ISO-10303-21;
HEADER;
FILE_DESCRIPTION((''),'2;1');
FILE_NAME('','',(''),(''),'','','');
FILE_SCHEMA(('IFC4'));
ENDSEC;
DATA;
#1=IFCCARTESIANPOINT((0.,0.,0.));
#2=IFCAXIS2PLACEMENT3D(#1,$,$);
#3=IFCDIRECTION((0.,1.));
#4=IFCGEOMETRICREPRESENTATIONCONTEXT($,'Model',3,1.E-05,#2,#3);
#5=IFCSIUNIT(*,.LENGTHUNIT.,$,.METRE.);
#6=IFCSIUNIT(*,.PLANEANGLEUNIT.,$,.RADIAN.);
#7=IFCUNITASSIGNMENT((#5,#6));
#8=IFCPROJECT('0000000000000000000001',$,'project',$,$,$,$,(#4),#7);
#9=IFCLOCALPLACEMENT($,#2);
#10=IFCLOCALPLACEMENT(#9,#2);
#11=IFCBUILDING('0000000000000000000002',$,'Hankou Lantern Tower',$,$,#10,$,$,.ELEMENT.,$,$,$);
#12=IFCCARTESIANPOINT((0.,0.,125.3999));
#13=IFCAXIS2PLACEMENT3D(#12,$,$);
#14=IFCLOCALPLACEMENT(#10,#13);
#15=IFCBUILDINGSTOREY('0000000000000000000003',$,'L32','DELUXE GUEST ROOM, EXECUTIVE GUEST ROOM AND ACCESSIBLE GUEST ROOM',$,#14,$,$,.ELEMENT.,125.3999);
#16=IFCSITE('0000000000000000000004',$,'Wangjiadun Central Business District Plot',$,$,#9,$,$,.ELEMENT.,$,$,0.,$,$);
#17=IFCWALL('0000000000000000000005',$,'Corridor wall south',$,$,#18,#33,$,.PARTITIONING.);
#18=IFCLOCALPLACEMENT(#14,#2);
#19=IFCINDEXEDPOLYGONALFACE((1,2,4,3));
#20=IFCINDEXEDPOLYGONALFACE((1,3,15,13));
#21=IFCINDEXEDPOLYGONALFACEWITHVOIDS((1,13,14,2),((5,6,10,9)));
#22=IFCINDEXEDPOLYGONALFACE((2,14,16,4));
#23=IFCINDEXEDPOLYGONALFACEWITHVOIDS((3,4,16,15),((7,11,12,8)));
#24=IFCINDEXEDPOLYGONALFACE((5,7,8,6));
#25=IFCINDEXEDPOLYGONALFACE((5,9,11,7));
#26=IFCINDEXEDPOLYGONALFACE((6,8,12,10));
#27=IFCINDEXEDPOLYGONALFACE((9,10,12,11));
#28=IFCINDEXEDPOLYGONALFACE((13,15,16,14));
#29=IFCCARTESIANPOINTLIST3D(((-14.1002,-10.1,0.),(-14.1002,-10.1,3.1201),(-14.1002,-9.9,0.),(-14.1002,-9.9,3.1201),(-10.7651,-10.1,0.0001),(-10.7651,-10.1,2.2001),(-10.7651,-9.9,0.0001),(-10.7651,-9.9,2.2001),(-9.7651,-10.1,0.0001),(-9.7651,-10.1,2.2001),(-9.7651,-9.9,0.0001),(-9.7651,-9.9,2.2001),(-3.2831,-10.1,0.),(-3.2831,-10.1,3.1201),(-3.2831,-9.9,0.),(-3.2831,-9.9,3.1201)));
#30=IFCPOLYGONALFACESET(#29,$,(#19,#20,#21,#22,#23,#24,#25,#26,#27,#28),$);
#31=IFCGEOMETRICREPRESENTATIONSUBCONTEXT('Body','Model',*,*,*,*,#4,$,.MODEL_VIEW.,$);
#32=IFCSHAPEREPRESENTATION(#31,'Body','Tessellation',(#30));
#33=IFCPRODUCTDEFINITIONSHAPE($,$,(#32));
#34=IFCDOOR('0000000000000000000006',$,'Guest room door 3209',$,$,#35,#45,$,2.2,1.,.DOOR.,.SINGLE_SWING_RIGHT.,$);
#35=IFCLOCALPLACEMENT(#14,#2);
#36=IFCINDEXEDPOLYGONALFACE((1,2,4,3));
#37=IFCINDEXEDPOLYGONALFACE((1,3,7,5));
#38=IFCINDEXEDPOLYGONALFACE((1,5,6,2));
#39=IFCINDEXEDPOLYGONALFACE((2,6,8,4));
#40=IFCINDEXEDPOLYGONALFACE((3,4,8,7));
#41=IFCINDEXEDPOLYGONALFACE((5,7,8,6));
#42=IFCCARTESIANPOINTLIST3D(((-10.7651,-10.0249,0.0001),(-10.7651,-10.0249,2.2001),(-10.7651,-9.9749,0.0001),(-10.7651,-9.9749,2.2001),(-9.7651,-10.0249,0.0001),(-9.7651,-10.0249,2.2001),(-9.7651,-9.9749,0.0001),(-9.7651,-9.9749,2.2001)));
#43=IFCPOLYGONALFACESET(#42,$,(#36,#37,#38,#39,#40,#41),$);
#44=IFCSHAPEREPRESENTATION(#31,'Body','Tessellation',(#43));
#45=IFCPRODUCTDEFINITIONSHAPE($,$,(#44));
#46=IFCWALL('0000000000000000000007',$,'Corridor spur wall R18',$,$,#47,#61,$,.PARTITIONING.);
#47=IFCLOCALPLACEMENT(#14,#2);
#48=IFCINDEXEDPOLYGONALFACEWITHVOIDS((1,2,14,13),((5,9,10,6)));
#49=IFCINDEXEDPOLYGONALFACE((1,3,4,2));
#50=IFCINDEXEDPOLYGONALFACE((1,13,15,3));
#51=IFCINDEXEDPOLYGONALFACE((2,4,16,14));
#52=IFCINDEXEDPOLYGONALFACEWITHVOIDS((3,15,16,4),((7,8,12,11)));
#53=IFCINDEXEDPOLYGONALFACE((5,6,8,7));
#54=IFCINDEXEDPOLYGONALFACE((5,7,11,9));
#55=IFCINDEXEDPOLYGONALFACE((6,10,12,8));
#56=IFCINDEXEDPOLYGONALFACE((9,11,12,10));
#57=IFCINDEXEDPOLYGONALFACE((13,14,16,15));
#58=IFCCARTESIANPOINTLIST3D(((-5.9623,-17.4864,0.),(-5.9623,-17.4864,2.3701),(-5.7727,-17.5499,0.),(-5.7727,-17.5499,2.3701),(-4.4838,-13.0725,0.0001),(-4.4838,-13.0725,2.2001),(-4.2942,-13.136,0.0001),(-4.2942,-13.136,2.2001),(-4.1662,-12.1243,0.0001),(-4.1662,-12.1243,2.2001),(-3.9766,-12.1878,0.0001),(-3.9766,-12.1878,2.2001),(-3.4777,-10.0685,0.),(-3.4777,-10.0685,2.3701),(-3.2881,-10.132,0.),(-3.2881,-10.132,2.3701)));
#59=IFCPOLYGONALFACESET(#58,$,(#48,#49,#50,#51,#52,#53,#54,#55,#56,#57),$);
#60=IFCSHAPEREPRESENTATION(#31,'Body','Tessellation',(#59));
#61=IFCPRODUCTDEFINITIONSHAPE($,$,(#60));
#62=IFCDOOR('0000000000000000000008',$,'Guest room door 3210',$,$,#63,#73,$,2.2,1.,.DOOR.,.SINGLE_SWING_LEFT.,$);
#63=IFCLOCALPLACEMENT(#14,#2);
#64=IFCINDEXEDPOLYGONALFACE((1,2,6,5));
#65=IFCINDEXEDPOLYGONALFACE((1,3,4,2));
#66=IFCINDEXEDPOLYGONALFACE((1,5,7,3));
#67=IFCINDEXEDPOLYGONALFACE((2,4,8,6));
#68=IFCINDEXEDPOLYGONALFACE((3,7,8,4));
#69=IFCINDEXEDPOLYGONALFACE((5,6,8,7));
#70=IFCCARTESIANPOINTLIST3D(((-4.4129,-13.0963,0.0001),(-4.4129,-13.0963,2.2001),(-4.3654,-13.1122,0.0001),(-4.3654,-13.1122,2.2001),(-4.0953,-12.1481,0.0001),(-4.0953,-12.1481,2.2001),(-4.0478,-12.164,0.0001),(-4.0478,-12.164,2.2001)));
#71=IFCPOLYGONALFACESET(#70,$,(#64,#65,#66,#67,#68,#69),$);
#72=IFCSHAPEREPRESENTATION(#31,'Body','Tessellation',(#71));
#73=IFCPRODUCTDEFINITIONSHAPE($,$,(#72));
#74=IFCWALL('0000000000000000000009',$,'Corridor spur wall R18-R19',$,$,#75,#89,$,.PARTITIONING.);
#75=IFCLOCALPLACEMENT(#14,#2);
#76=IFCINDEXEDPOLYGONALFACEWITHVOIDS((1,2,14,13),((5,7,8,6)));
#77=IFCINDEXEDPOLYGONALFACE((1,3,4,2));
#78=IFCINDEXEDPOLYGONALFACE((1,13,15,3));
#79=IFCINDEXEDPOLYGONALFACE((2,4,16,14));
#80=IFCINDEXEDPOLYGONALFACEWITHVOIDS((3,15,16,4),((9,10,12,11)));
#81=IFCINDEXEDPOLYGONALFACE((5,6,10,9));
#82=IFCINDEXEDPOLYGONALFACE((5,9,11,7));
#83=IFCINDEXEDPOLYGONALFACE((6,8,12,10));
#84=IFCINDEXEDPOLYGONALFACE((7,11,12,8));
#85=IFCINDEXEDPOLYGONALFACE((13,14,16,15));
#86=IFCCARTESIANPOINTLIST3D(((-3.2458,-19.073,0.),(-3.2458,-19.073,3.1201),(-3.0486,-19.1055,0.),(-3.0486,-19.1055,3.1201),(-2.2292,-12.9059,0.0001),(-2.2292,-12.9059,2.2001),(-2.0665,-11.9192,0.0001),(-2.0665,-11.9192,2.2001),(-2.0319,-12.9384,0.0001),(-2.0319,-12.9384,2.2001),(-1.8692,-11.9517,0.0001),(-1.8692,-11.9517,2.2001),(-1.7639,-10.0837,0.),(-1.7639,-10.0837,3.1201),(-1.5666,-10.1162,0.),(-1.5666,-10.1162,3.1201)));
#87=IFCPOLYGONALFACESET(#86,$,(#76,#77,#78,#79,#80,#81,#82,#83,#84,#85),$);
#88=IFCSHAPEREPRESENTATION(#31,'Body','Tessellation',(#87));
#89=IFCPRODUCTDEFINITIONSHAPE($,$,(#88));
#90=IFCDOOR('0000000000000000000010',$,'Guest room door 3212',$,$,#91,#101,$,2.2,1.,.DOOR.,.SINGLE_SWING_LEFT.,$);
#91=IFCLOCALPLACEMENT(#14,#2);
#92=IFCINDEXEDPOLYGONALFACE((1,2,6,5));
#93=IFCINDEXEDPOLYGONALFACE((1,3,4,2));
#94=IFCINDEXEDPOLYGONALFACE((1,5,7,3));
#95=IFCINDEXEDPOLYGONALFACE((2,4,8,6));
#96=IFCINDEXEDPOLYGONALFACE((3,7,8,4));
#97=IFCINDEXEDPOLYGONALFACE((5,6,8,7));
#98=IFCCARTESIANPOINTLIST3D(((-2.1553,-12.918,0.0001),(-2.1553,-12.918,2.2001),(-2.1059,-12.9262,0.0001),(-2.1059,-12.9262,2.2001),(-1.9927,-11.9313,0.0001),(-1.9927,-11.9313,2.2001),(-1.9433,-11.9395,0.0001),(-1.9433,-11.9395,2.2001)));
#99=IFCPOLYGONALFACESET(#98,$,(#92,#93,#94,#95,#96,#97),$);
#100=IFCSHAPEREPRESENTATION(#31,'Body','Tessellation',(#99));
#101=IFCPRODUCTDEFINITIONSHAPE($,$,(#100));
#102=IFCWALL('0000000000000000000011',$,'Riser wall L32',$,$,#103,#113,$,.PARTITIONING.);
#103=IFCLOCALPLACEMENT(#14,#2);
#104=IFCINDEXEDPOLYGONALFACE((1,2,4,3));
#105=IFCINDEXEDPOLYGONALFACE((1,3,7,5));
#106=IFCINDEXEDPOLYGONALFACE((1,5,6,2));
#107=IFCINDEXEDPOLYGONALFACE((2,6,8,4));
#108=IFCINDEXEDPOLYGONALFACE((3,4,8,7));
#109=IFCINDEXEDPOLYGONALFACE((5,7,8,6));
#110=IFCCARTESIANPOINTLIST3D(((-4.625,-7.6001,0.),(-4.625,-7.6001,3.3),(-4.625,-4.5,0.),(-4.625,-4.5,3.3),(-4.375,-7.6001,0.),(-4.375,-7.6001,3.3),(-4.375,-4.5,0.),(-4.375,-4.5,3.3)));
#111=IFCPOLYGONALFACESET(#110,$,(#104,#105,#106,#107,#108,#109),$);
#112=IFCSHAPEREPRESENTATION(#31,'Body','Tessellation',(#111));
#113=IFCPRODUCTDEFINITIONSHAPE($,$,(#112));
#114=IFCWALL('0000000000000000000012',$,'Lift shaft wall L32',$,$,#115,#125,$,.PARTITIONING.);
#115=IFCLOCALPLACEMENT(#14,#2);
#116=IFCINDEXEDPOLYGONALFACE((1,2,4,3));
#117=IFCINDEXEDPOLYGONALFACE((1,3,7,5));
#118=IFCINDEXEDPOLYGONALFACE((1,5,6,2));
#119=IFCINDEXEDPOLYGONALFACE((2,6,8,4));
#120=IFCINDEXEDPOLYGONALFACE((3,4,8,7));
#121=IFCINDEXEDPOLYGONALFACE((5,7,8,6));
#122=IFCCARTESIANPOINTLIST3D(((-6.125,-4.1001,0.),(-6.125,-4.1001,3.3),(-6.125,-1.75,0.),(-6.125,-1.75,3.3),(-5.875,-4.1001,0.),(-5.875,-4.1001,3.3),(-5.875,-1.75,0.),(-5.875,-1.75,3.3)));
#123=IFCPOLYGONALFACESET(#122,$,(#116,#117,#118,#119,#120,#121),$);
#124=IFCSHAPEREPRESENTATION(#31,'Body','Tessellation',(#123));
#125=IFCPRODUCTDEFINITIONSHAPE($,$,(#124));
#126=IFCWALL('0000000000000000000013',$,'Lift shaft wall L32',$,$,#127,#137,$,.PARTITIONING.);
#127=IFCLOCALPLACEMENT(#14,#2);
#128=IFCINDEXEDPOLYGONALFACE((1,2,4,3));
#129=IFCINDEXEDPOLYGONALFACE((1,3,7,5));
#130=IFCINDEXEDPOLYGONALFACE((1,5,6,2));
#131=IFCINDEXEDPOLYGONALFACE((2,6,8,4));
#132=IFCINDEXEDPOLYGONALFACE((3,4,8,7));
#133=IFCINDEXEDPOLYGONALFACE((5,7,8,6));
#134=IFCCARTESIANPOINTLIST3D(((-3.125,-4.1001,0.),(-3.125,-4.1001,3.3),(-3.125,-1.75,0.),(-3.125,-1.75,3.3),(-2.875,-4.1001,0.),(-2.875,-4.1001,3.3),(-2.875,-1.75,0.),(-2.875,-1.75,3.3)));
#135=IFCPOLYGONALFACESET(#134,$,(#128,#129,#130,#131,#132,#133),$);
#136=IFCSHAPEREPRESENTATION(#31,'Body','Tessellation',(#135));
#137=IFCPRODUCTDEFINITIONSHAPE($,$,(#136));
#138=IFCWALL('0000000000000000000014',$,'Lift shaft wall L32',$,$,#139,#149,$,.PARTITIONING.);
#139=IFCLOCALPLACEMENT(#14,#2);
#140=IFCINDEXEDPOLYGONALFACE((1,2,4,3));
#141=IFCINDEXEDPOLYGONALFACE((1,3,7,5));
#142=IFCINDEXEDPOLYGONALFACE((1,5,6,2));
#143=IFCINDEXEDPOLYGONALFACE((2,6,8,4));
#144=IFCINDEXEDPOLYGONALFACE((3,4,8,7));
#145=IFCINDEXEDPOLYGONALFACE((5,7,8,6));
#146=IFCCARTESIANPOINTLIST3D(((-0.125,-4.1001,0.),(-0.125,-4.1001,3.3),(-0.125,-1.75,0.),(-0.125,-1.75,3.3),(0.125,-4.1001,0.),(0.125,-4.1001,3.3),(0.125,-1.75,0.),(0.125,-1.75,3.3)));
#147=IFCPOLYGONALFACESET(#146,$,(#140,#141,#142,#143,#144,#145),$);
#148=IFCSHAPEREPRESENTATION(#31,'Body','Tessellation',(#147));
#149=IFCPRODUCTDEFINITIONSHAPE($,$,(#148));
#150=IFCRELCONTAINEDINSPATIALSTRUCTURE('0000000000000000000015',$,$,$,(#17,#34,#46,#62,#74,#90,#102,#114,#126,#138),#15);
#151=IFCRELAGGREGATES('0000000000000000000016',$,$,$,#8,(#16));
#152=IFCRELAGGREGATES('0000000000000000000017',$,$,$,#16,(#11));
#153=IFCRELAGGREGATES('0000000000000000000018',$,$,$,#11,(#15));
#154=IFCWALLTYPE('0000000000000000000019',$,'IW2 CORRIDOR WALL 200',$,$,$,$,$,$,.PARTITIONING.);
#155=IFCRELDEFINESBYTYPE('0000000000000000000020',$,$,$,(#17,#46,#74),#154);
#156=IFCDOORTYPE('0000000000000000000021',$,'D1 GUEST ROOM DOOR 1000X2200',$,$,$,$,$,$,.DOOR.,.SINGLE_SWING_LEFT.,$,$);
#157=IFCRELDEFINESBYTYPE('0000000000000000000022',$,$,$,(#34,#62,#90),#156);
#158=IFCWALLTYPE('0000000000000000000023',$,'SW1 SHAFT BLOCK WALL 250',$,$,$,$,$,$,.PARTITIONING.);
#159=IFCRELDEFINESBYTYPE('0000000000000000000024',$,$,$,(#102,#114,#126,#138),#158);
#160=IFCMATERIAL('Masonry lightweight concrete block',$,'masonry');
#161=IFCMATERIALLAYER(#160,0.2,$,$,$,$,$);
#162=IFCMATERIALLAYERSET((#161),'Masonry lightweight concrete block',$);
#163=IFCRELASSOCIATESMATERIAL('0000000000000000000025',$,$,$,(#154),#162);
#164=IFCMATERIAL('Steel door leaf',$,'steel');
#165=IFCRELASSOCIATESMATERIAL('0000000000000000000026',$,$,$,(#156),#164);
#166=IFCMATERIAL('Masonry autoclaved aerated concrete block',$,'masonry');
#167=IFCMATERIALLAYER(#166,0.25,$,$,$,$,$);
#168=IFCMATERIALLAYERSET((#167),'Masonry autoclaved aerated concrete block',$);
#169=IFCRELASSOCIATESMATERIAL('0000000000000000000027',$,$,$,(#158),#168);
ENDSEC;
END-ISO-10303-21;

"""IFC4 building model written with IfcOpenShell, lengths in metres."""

from ifc_helpers import new_model, si_unit, direction, frame, frame_2d, origin, place, context, subcontext, project, spatial, rectangle, extrude, material, layer, layer_set, type_object, element, fill, save


model = new_model("IFC4")

# Units and contexts
model_context = context("Model", 3, precision=1e-05, world=origin(), true_north=direction((0.0, 1.0)))
body_context = subcontext(model_context, "Body", "Model", "MODEL_VIEW")
ifc_project = project(units=[si_unit("LENGTHUNIT", "METRE"), si_unit("PLANEANGLEUNIT", "RADIAN")], contexts=[model_context])

# Site, building, storey
site_placement = place(None, origin())
site = spatial("IfcSite", under=ifc_project, at=site_placement, Name="Wangjiadun Central Business District Plot", CompositionType="ELEMENT", RefElevation=0.0)
building_placement = place(site_placement, origin())
building = spatial("IfcBuilding", under=site, at=building_placement, Name="Hankou Lantern Tower", CompositionType="ELEMENT")
storey_placement = place(building_placement, frame((0.0, 0.0, 125.3999)))
storey = spatial("IfcBuildingStorey", under=building, at=storey_placement, Name="L32", Description="DELUXE GUEST ROOM, EXECUTIVE GUEST ROOM AND ACCESSIBLE GUEST ROOM", CompositionType="ELEMENT", Elevation=125.3999)

# Walls, openings, doors
ifc_material_1 = material(Name="Masonry lightweight concrete block", Category="masonry")
ifc_layer_1 = layer(ifc_material_1, 0.2)
ifc_layer_set_1 = layer_set([ifc_layer_1], Name="Masonry lightweight concrete block")
wall_type_1 = type_object("IfcWallType", Name="IW2 CORRIDOR WALL 200", PredefinedType="PARTITIONING", material=ifc_layer_set_1)
wall_1_placement = place(storey_placement, frame((-3.283, -10.0, 0.0), z_axis=(0.0, 0.0, 1.0), x_axis=(-1.0, 0.0, 0.0)))
wall_1 = element("IfcWall", 1, at=wall_1_placement, inside=storey, type_object=wall_type_1, Name="Corridor wall south", PredefinedType="PARTITIONING", context=body_context, shape_type="SweptSolid", body=[
    extrude(rectangle(XDim=10.8171, YDim=0.2, at=frame_2d((5.4087, 0.0))), origin(), (0.0, 0.0, 1.0), 3.1201),
])
opening_1_placement = place(wall_1_placement, frame((6.4822, 0.0, 0.0)))
opening_1 = element("IfcOpeningElement", 2, at=opening_1_placement, cuts=wall_1, PredefinedType="OPENING", context=body_context, shape_type="SweptSolid", body=[
    extrude(rectangle(XDim=1.0, YDim=2.2, at=frame_2d((0.5, 1.1001))), frame((0.0, 0.1099, 0.0), z_axis=(0.0, -1.0, 0.0), x_axis=(1.0, 0.0, 0.0)), (0.0, 0.0, 1.0), 0.22),
])
ifc_material_2 = material(Name="Steel door leaf", Category="steel")
door_type_1 = type_object("IfcDoorType", Name="D1 GUEST ROOM DOOR 1000X2200", OperationType="SINGLE_SWING_LEFT", PredefinedType="DOOR", material=ifc_material_2)
door_1_placement = place(opening_1_placement, origin())
door_1 = element("IfcDoor", 3, at=door_1_placement, inside=storey, type_object=door_type_1, Name="Guest room door 3209", OperationType="SINGLE_SWING_RIGHT", OverallHeight=2.2, OverallWidth=1.0, PredefinedType="DOOR", context=body_context, shape_type="SweptSolid", body=[
    extrude(rectangle(XDim=1.0, YDim=2.2, at=frame_2d((0.5, 1.1001))), frame((0.0, 0.0249, 0.0), z_axis=(0.0, -1.0, 0.0), x_axis=(1.0, 0.0, 0.0)), (0.0, 0.0, 1.0), 0.05),
])
fill(opening_1, door_1)
wall_2_placement = place(storey_placement, frame((-3.3828, -10.1001, 0.0), z_axis=(0.0, 0.0, 1.0), x_axis=(-0.317604, -0.948224, 0.0)))
wall_2 = element("IfcWall", 4, at=wall_2_placement, inside=storey, type_object=wall_type_1, Name="Corridor spur wall R18", PredefinedType="PARTITIONING", context=body_context, shape_type="SweptSolid", body=[
    extrude(rectangle(XDim=7.823, YDim=0.2, at=frame_2d((3.9116, 0.0))), origin(), (0.0, 0.0, 1.0), 2.3701),
])
opening_2_placement = place(wall_2_placement, frame((2.1682, 0.0, 0.0)))
opening_2 = element("IfcOpeningElement", 5, at=opening_2_placement, cuts=wall_2, PredefinedType="OPENING", context=body_context, shape_type="SweptSolid", body=[
    extrude(rectangle(XDim=1.0, YDim=2.2, at=frame_2d((0.5, 1.1001))), frame((0.0, 0.1099, 0.0), z_axis=(0.0, -1.0, 0.0), x_axis=(1.0, 0.0, 0.0)), (0.0, 0.0, 1.0), 0.22),
])
door_2_placement = place(opening_2_placement, origin())
door_2 = element("IfcDoor", 6, at=door_2_placement, inside=storey, type_object=door_type_1, Name="Guest room door 3210", OperationType="SINGLE_SWING_LEFT", OverallHeight=2.2, OverallWidth=1.0, PredefinedType="DOOR", context=body_context, shape_type="SweptSolid", body=[
    extrude(rectangle(XDim=1.0, YDim=2.2, at=frame_2d((0.5, 1.1001))), frame((0.0, 0.0249, 0.0), z_axis=(0.0, -1.0, 0.0), x_axis=(1.0, 0.0, 0.0)), (0.0, 0.0, 1.0), 0.05),
])
fill(opening_2, door_2)
wall_3_placement = place(storey_placement, frame((-1.6653, -10.1001, 0.0), z_axis=(0.0, 0.0, 1.0), x_axis=(-0.162661, -0.986682, 0.0)))
wall_3 = element("IfcWall", 7, at=wall_3_placement, inside=storey, type_object=wall_type_1, Name="Corridor spur wall R18-R19", PredefinedType="PARTITIONING", context=body_context, shape_type="SweptSolid", body=[
    extrude(rectangle(XDim=9.1106, YDim=0.2, at=frame_2d((4.5552, 0.0))), origin(), (0.0, 0.0, 1.0), 3.1201),
])
opening_3_placement = place(wall_3_placement, frame((1.8601, 0.0, 0.0)))
opening_3 = element("IfcOpeningElement", 8, at=opening_3_placement, cuts=wall_3, PredefinedType="OPENING", context=body_context, shape_type="SweptSolid", body=[
    extrude(rectangle(XDim=1.0, YDim=2.2, at=frame_2d((0.5, 1.1001))), frame((0.0, 0.1099, 0.0), z_axis=(0.0, -1.0, 0.0), x_axis=(1.0, 0.0, 0.0)), (0.0, 0.0, 1.0), 0.22),
])
door_3_placement = place(opening_3_placement, origin())
door_3 = element("IfcDoor", 9, at=door_3_placement, inside=storey, type_object=door_type_1, Name="Guest room door 3212", OperationType="SINGLE_SWING_LEFT", OverallHeight=2.2, OverallWidth=1.0, PredefinedType="DOOR", context=body_context, shape_type="SweptSolid", body=[
    extrude(rectangle(XDim=1.0, YDim=2.2, at=frame_2d((0.5, 1.1001))), frame((0.0, 0.0249, 0.0), z_axis=(0.0, -1.0, 0.0), x_axis=(1.0, 0.0, 0.0)), (0.0, 0.0, 1.0), 0.05),
])
fill(opening_3, door_3)

# Walls
ifc_material_3 = material(Name="Masonry autoclaved aerated concrete block", Category="masonry")
ifc_layer_2 = layer(ifc_material_3, 0.25)
ifc_layer_set_2 = layer_set([ifc_layer_2], Name="Masonry autoclaved aerated concrete block")
wall_type_2 = type_object("IfcWallType", Name="SW1 SHAFT BLOCK WALL 250", PredefinedType="PARTITIONING", material=ifc_layer_set_2)
wall_4_placement = place(storey_placement, frame((-4.5, -7.6001, 0.0), z_axis=(0.0, 0.0, 1.0), x_axis=(0.0, 1.0, 0.0)))
element("IfcWall", 10, at=wall_4_placement, inside=storey, type_object=wall_type_2, Name="Riser wall L32", PredefinedType="PARTITIONING", context=body_context, shape_type="SweptSolid", body=[
    extrude(rectangle(XDim=3.1001, YDim=0.25, at=frame_2d((1.55, 0.0))), origin(), (0.0, 0.0, 1.0), 3.3),
])
for number, where, z_axis, x_axis, name in (
    (11, (-6.0, -4.1001, 0.0), (0.0, 0.0, 1.0), (0.0, 1.0, 0.0), "Lift shaft wall L32"),
    (12, (-3.0, -4.1001, 0.0), (0.0, 0.0, 1.0), (0.0, 1.0, 0.0), "Lift shaft wall L32"),
    (13, (0.0, -4.1001, 0.0), (0.0, 0.0, 1.0), (0.0, 1.0, 0.0), "Lift shaft wall L32"),
):
    element("IfcWall", number, at=place(storey_placement, frame(where, z_axis=z_axis, x_axis=x_axis)), inside=storey, type_object=wall_type_2, Name=name, PredefinedType="PARTITIONING", context=body_context, shape_type="SweptSolid", body=[
        extrude(rectangle(XDim=2.3501, YDim=0.25, at=frame_2d((1.175, 0.0))), origin(), (0.0, 0.0, 1.0), 3.3),
    ])

save(model, "model.ifc")
